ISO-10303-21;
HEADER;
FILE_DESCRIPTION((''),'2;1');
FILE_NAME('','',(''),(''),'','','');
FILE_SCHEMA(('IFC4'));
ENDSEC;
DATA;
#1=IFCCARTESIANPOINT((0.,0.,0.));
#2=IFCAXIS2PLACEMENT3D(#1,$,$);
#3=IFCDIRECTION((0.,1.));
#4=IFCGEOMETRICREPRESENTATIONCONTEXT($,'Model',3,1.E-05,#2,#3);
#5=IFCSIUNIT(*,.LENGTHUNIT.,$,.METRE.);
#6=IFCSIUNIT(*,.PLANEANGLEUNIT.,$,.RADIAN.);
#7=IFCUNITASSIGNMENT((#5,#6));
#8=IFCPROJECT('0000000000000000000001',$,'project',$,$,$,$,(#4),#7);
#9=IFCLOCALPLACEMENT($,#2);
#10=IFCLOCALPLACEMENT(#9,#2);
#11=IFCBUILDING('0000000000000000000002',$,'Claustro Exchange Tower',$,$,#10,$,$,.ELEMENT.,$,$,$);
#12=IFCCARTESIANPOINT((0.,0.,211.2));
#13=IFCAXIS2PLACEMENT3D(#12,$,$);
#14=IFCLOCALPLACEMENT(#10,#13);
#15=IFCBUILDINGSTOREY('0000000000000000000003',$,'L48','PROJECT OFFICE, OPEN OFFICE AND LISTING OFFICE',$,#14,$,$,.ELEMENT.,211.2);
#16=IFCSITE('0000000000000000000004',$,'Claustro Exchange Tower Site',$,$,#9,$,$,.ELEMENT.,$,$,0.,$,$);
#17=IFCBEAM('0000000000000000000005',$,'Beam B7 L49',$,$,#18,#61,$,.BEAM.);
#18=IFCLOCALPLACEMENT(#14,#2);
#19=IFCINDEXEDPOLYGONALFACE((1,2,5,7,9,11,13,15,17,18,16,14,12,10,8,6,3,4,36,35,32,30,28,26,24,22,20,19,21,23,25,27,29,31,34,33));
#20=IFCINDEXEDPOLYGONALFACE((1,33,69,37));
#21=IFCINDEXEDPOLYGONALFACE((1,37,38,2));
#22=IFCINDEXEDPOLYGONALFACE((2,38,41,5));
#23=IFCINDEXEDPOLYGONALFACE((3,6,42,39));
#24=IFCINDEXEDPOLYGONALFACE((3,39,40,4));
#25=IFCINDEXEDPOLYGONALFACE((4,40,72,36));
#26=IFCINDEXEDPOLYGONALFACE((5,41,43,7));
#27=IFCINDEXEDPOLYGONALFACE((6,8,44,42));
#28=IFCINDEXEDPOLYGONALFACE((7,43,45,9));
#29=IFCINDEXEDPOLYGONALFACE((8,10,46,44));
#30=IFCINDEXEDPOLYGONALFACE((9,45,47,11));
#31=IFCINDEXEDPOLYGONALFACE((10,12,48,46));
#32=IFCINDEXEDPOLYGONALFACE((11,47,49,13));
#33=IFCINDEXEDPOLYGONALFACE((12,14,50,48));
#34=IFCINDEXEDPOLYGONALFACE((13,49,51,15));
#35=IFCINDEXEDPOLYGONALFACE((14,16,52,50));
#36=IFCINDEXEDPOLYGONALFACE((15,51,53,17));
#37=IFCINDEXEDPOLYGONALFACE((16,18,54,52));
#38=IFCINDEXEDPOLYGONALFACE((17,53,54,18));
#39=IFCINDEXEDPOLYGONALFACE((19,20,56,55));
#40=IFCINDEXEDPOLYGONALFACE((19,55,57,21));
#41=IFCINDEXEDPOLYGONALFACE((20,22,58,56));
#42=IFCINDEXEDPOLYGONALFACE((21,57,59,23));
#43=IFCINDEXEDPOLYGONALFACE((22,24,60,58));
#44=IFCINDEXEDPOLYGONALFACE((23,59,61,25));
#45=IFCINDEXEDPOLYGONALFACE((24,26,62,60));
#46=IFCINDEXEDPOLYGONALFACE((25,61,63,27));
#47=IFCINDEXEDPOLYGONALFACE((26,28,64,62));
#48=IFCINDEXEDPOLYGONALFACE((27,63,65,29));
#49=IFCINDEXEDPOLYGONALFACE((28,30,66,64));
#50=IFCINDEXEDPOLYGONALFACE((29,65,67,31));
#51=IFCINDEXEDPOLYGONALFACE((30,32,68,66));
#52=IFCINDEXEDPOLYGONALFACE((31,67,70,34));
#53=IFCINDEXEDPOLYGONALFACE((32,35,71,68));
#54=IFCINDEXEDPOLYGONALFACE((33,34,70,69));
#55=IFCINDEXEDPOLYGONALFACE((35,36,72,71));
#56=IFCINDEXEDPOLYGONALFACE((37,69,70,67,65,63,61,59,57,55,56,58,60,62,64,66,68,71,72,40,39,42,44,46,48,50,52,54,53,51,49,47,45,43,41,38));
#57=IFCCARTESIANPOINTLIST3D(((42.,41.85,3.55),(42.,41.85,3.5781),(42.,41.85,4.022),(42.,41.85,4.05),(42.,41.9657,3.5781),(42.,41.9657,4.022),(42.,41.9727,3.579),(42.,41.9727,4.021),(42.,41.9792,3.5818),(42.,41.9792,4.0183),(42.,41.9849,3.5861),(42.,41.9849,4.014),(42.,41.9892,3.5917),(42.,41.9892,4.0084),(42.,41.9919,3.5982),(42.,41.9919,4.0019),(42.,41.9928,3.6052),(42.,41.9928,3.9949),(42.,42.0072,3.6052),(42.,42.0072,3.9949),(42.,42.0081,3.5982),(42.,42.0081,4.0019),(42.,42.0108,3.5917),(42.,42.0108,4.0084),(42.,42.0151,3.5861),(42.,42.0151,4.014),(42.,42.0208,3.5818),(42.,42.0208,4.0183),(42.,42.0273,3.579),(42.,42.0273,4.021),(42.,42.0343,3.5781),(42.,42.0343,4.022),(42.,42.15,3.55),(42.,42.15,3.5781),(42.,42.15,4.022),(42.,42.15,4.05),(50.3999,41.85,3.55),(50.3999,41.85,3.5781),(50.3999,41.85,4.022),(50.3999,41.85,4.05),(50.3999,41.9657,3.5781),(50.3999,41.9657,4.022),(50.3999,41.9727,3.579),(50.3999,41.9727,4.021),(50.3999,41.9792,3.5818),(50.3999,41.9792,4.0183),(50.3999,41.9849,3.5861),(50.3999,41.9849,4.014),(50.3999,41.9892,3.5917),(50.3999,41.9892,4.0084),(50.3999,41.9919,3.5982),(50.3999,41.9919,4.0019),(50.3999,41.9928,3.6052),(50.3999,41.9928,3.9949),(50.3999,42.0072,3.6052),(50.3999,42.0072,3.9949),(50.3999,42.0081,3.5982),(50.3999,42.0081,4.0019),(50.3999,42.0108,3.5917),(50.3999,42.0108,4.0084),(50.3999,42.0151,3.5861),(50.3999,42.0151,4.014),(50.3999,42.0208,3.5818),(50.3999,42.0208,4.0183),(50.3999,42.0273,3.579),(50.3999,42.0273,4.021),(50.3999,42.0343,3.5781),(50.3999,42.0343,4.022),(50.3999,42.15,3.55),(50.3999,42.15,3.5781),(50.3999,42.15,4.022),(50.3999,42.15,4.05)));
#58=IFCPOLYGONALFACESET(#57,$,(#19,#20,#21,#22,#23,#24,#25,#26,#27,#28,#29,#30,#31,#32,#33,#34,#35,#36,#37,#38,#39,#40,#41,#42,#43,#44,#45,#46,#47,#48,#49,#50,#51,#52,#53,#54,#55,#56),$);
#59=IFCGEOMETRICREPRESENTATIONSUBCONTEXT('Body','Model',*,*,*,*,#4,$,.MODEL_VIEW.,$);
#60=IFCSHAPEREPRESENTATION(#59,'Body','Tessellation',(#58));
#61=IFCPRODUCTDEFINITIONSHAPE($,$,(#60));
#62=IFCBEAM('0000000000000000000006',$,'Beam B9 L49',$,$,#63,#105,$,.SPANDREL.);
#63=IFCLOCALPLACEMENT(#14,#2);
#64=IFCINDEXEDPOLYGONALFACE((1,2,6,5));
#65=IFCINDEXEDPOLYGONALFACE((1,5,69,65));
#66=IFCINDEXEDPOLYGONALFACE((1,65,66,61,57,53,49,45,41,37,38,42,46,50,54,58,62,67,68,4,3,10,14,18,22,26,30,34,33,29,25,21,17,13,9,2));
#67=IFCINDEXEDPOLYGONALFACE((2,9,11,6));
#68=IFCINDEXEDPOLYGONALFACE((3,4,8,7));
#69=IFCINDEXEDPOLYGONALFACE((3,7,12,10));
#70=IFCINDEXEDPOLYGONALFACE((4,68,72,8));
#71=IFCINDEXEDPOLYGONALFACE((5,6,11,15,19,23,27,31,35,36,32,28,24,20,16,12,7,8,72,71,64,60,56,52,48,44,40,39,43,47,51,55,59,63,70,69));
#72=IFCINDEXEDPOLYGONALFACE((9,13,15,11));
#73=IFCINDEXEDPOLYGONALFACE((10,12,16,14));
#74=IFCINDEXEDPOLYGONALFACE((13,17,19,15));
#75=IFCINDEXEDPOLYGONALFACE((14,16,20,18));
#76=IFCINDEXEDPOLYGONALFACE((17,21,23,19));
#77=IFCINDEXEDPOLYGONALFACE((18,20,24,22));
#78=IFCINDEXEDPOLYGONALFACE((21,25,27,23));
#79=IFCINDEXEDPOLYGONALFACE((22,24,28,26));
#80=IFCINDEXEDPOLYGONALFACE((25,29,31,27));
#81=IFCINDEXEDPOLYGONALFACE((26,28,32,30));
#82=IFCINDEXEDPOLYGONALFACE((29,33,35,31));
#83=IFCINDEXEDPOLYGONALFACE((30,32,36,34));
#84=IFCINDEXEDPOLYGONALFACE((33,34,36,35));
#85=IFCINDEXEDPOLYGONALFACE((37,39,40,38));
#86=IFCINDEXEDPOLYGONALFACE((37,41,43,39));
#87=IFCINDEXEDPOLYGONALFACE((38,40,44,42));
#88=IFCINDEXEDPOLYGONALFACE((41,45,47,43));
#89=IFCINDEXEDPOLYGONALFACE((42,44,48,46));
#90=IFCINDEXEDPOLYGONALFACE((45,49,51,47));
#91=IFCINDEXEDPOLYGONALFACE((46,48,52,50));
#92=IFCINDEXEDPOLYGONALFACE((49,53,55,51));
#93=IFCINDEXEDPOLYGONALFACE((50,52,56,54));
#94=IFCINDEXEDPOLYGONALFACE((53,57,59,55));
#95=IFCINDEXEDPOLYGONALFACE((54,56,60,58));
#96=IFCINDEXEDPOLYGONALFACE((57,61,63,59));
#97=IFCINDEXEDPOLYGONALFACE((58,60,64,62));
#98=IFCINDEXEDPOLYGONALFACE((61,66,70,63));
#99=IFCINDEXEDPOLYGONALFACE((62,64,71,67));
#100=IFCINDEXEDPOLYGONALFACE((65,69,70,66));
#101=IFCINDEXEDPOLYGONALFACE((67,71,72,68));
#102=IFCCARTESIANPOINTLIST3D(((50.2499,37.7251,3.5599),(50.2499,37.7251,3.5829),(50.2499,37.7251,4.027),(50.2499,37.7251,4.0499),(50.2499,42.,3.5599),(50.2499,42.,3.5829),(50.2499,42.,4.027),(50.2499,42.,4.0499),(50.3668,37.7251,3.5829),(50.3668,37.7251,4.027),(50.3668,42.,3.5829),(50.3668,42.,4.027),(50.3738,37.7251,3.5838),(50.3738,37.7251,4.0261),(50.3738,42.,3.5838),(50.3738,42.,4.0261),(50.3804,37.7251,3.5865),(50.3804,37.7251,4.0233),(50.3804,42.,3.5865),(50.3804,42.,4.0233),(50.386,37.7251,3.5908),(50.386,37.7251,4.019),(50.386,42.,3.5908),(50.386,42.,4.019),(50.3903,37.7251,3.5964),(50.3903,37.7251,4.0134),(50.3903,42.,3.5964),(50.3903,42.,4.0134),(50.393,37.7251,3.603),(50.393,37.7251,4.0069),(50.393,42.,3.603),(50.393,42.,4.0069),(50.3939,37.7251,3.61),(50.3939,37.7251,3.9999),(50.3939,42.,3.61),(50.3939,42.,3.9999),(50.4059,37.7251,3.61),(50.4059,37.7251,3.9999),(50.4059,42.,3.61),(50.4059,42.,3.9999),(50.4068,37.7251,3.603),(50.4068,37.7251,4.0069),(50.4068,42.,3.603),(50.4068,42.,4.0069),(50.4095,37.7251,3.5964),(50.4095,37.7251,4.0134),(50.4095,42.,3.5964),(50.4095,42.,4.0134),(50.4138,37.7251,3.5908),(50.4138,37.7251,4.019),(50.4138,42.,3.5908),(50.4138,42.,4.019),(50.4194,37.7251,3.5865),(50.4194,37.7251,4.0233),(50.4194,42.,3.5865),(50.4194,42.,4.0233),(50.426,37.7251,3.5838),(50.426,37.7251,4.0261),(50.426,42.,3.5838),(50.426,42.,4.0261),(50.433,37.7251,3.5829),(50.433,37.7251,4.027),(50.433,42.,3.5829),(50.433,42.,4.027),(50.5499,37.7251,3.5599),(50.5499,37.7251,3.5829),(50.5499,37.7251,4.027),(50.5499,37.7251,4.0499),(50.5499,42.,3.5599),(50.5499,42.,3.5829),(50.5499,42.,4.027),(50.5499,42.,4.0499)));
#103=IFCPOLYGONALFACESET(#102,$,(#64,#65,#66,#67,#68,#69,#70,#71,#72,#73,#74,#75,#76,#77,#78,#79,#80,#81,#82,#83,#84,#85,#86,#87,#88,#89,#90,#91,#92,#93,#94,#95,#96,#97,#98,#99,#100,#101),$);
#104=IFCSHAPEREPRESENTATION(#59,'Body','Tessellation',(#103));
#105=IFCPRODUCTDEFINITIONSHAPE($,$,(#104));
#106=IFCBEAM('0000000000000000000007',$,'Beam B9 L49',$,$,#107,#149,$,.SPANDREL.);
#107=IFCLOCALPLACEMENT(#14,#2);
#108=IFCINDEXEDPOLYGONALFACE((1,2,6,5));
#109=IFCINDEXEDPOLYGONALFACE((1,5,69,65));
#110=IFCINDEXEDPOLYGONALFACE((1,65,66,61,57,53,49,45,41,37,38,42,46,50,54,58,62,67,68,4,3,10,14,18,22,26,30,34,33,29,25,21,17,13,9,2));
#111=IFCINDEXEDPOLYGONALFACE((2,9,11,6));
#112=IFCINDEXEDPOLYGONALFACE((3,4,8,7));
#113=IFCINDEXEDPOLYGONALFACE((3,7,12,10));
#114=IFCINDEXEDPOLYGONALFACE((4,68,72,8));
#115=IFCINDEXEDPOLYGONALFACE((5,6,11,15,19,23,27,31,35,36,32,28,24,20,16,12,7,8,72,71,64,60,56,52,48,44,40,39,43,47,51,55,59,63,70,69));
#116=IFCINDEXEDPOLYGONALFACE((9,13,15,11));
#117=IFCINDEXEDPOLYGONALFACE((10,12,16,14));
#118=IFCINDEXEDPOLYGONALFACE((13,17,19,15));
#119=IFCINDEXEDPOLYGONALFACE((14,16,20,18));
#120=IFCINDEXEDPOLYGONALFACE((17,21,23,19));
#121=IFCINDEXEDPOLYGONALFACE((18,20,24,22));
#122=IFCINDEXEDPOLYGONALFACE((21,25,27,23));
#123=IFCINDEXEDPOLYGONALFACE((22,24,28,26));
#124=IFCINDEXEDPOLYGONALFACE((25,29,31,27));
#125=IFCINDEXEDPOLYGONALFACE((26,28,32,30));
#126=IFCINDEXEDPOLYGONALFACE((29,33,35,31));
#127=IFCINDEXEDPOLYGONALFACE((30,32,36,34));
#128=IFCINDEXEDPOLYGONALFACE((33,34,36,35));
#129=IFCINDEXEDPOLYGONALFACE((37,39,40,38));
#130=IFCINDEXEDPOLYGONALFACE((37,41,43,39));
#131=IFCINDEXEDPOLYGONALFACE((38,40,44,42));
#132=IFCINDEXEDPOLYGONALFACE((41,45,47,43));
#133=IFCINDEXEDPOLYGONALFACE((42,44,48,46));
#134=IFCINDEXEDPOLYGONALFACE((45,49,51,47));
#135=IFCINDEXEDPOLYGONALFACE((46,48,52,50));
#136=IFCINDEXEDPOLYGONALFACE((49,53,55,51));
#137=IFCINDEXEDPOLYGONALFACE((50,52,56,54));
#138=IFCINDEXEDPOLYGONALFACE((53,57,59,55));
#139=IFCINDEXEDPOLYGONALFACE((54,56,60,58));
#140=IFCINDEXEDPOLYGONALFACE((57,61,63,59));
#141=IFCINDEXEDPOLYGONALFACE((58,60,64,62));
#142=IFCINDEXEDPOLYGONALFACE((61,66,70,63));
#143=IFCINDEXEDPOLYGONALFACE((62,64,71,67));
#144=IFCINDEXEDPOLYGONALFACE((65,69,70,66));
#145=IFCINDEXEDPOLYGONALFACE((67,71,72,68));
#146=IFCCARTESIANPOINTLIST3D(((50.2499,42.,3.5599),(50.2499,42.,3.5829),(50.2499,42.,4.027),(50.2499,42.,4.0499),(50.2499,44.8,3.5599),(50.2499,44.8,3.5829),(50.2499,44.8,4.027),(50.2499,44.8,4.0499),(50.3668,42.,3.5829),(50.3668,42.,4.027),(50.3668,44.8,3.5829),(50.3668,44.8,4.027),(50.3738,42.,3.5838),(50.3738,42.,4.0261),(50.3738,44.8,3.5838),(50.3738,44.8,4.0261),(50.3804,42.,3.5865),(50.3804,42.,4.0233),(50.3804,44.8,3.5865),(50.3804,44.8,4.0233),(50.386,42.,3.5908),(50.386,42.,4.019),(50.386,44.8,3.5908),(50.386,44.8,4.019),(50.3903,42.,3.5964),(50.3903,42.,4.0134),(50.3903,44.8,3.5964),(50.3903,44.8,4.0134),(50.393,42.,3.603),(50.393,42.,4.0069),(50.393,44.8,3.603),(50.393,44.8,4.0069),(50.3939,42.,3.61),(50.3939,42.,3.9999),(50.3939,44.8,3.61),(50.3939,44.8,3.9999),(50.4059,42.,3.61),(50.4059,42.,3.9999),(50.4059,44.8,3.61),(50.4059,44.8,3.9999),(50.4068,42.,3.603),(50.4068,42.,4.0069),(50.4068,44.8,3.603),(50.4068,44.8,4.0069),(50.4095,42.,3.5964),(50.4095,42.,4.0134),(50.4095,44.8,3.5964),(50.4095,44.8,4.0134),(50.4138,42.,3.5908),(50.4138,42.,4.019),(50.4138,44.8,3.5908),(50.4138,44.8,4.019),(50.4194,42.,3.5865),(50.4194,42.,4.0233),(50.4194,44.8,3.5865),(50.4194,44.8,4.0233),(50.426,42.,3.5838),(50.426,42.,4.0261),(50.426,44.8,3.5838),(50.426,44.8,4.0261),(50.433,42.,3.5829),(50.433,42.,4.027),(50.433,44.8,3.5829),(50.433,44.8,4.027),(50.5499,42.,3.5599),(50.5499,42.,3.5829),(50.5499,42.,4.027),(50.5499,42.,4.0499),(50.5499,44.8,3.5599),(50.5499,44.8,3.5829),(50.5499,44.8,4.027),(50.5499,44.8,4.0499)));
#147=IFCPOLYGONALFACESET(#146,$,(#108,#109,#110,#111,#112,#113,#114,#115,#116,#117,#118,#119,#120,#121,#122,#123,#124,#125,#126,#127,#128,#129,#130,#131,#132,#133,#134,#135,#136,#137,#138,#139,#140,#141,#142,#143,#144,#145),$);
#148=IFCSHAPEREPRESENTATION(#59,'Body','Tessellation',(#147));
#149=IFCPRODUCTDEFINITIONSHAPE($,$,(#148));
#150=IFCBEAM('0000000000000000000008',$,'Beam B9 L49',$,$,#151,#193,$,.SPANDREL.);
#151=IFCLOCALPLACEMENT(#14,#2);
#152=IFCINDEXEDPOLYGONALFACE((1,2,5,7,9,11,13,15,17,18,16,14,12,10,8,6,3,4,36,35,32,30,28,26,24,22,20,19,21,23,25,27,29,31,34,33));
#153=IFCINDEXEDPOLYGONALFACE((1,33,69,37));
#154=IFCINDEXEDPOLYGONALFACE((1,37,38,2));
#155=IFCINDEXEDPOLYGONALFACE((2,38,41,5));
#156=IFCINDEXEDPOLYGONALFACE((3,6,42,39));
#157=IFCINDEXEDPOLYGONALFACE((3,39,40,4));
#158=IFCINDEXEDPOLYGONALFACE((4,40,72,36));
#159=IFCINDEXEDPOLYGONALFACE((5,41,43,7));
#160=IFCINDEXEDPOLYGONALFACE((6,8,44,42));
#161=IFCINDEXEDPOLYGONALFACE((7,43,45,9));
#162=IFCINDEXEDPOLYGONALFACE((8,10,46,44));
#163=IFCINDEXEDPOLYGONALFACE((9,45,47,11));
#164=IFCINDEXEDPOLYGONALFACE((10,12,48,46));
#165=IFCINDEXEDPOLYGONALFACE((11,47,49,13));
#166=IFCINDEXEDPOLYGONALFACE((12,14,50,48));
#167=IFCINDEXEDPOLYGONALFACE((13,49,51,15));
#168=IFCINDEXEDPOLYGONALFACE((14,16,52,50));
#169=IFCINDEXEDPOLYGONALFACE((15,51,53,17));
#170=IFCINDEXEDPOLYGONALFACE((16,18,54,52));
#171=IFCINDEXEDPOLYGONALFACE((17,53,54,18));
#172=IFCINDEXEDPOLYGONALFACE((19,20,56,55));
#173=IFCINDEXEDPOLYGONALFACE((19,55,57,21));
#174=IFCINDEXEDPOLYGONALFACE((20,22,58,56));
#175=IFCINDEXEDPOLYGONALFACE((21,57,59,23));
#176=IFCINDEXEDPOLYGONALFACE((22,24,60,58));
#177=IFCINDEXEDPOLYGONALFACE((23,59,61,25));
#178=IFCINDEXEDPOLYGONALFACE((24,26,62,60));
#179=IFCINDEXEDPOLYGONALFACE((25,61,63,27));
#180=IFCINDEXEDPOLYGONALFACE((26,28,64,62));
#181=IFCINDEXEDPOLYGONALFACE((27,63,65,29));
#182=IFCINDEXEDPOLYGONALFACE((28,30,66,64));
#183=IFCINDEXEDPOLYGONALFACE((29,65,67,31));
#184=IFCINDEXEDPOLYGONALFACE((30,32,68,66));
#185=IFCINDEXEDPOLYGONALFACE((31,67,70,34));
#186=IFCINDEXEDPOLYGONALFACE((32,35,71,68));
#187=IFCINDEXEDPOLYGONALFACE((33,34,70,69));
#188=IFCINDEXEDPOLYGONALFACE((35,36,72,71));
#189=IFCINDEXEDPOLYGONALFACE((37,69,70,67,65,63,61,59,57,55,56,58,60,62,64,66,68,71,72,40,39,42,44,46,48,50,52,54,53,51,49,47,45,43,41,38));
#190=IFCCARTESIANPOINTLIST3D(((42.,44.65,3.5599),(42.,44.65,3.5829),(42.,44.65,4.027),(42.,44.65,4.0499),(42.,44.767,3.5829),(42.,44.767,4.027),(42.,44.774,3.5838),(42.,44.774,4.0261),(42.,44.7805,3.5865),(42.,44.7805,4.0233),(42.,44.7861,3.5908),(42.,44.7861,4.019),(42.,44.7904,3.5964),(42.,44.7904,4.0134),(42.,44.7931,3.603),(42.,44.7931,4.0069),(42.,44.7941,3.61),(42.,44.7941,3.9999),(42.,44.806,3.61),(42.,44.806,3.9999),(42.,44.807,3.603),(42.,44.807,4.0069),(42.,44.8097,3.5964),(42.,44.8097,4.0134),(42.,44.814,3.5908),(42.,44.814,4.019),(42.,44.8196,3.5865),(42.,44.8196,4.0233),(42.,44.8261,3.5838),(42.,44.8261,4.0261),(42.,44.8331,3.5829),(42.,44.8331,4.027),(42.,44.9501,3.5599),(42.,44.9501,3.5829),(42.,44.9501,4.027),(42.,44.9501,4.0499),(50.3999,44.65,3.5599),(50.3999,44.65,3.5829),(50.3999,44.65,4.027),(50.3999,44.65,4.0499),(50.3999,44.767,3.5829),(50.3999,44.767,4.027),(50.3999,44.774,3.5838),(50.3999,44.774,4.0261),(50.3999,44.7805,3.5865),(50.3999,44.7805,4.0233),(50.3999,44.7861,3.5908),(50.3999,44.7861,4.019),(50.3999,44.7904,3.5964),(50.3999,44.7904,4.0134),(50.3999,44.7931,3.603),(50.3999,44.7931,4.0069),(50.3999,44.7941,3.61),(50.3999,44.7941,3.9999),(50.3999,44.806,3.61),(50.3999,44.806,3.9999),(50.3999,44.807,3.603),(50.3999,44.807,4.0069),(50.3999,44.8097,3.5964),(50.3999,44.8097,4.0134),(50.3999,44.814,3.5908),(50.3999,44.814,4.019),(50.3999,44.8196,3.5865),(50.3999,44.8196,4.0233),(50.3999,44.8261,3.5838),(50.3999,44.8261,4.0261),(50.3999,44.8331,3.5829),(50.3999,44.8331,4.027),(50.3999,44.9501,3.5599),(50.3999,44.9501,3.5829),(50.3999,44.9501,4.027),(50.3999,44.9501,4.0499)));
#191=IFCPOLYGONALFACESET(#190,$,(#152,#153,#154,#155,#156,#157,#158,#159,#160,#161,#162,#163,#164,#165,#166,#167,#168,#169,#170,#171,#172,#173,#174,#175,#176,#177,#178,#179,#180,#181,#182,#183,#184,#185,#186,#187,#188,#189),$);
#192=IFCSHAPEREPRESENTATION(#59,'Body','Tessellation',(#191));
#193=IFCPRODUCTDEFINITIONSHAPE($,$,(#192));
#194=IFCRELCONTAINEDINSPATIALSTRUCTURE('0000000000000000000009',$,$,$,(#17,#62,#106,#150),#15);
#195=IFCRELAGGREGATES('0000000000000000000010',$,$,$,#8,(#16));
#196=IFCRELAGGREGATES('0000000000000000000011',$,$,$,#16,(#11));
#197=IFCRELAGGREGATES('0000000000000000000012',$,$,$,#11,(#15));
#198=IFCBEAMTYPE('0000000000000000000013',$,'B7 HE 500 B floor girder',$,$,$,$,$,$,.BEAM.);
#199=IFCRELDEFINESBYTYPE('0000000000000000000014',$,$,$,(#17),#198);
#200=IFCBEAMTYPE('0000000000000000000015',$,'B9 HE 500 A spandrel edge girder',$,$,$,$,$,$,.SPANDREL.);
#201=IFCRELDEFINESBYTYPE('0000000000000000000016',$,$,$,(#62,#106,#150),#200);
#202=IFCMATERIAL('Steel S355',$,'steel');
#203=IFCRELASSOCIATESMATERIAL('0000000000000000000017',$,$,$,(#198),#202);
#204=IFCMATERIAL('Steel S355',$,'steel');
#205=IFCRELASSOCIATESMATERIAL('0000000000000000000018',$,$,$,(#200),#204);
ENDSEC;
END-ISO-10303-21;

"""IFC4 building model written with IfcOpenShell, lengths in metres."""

from ifc_helpers import new_model, si_unit, direction, frame, origin, origin_2d, place, context, subcontext, project, spatial, i_section, extrude, material, material_profile, profile_set, type_object, element, save


model = new_model("IFC4")

# Units and contexts
model_context = context("Model", 3, precision=1e-05, world=origin(), true_north=direction((0.0, 1.0)))
body_context = subcontext(model_context, "Body", "Model", "MODEL_VIEW")
ifc_project = project(units=[si_unit("LENGTHUNIT", "METRE"), si_unit("PLANEANGLEUNIT", "RADIAN")], contexts=[model_context])

# Site, building, storey
site_placement = place(None, origin())
site = spatial("IfcSite", under=ifc_project, at=site_placement, Name="Claustro Exchange Tower Site", CompositionType="ELEMENT", RefElevation=0.0)
building_placement = place(site_placement, origin())
building = spatial("IfcBuilding", under=site, at=building_placement, Name="Claustro Exchange Tower", CompositionType="ELEMENT")
storey_placement = place(building_placement, frame((0.0, 0.0, 211.2)))
storey = spatial("IfcBuildingStorey", under=building, at=storey_placement, Name="L48", Description="PROJECT OFFICE, OPEN OFFICE AND LISTING OFFICE", CompositionType="ELEMENT", Elevation=211.2)

# Beams
ifc_material_1 = material(Name="Steel S355", Category="steel")
ifc_material_profile_1 = material_profile(ifc_material_1, i_section(OverallWidth=0.3, OverallDepth=0.5, WebThickness=0.0144, FlangeThickness=0.0281, FilletRadius=0.0271, at=origin_2d()), Name="HE 500 B")
ifc_profile_set_1 = profile_set([ifc_material_profile_1], Name="Steel S355")
beam_type_1 = type_object("IfcBeamType", Name="B7 HE 500 B floor girder", PredefinedType="BEAM", material=ifc_profile_set_1)
beam_1_placement = place(storey_placement, frame((42.0, 42.0, 3.8), z_axis=(1.0, 0.0, 0.0), x_axis=(0.0, 1.0, 0.0)))
element("IfcBeam", 1, at=beam_1_placement, inside=storey, type_object=beam_type_1, Name="Beam B7 L49", PredefinedType="BEAM", context=body_context, shape_type="SweptSolid", body=[
    extrude(i_section(OverallWidth=0.3, OverallDepth=0.5, WebThickness=0.0144, FlangeThickness=0.0281, FilletRadius=0.0271, at=origin_2d()), origin(), (0.0, 0.0, 1.0), 8.3999),
])
ifc_material_2 = material(Name="Steel S355", Category="steel")
ifc_material_profile_2 = material_profile(ifc_material_2, i_section(OverallWidth=0.3, OverallDepth=0.49, WebThickness=0.012, FlangeThickness=0.0229, FilletRadius=0.0271, at=origin_2d()), Name="HE 500 A")
ifc_profile_set_2 = profile_set([ifc_material_profile_2], Name="Steel S355")
beam_type_2 = type_object("IfcBeamType", Name="B9 HE 500 A spandrel edge girder", PredefinedType="SPANDREL", material=ifc_profile_set_2)
beam_2_placement = place(storey_placement, frame((50.3999, 37.7251, 3.8049), z_axis=(0.0, 1.0, 0.0), x_axis=(-1.0, 0.0, 0.0)))
element("IfcBeam", 2, at=beam_2_placement, inside=storey, type_object=beam_type_2, Name="Beam B9 L49", PredefinedType="SPANDREL", context=body_context, shape_type="SweptSolid", body=[
    extrude(i_section(OverallWidth=0.3, OverallDepth=0.49, WebThickness=0.012, FlangeThickness=0.0229, FilletRadius=0.0271, at=origin_2d()), origin(), (0.0, 0.0, 1.0), 4.2749),
])
beam_3_placement = place(storey_placement, frame((50.3999, 42.0, 3.8049), z_axis=(0.0, 1.0, 0.0), x_axis=(-1.0, 0.0, 0.0)))
element("IfcBeam", 3, at=beam_3_placement, inside=storey, type_object=beam_type_2, Name="Beam B9 L49", PredefinedType="SPANDREL", context=body_context, shape_type="SweptSolid", body=[
    extrude(i_section(OverallWidth=0.3, OverallDepth=0.49, WebThickness=0.012, FlangeThickness=0.0229, FilletRadius=0.0271, at=origin_2d()), origin(), (0.0, 0.0, 1.0), 2.8),
])
beam_4_placement = place(storey_placement, frame((42.0, 44.8, 3.8049), z_axis=(1.0, 0.0, 0.0), x_axis=(0.0, 1.0, 0.0)))
element("IfcBeam", 4, at=beam_4_placement, inside=storey, type_object=beam_type_2, Name="Beam B9 L49", PredefinedType="SPANDREL", context=body_context, shape_type="SweptSolid", body=[
    extrude(i_section(OverallWidth=0.3, OverallDepth=0.49, WebThickness=0.012, FlangeThickness=0.0229, FilletRadius=0.0271, at=origin_2d()), origin(), (0.0, 0.0, 1.0), 8.3999),
])

save(model, "model.ifc")
